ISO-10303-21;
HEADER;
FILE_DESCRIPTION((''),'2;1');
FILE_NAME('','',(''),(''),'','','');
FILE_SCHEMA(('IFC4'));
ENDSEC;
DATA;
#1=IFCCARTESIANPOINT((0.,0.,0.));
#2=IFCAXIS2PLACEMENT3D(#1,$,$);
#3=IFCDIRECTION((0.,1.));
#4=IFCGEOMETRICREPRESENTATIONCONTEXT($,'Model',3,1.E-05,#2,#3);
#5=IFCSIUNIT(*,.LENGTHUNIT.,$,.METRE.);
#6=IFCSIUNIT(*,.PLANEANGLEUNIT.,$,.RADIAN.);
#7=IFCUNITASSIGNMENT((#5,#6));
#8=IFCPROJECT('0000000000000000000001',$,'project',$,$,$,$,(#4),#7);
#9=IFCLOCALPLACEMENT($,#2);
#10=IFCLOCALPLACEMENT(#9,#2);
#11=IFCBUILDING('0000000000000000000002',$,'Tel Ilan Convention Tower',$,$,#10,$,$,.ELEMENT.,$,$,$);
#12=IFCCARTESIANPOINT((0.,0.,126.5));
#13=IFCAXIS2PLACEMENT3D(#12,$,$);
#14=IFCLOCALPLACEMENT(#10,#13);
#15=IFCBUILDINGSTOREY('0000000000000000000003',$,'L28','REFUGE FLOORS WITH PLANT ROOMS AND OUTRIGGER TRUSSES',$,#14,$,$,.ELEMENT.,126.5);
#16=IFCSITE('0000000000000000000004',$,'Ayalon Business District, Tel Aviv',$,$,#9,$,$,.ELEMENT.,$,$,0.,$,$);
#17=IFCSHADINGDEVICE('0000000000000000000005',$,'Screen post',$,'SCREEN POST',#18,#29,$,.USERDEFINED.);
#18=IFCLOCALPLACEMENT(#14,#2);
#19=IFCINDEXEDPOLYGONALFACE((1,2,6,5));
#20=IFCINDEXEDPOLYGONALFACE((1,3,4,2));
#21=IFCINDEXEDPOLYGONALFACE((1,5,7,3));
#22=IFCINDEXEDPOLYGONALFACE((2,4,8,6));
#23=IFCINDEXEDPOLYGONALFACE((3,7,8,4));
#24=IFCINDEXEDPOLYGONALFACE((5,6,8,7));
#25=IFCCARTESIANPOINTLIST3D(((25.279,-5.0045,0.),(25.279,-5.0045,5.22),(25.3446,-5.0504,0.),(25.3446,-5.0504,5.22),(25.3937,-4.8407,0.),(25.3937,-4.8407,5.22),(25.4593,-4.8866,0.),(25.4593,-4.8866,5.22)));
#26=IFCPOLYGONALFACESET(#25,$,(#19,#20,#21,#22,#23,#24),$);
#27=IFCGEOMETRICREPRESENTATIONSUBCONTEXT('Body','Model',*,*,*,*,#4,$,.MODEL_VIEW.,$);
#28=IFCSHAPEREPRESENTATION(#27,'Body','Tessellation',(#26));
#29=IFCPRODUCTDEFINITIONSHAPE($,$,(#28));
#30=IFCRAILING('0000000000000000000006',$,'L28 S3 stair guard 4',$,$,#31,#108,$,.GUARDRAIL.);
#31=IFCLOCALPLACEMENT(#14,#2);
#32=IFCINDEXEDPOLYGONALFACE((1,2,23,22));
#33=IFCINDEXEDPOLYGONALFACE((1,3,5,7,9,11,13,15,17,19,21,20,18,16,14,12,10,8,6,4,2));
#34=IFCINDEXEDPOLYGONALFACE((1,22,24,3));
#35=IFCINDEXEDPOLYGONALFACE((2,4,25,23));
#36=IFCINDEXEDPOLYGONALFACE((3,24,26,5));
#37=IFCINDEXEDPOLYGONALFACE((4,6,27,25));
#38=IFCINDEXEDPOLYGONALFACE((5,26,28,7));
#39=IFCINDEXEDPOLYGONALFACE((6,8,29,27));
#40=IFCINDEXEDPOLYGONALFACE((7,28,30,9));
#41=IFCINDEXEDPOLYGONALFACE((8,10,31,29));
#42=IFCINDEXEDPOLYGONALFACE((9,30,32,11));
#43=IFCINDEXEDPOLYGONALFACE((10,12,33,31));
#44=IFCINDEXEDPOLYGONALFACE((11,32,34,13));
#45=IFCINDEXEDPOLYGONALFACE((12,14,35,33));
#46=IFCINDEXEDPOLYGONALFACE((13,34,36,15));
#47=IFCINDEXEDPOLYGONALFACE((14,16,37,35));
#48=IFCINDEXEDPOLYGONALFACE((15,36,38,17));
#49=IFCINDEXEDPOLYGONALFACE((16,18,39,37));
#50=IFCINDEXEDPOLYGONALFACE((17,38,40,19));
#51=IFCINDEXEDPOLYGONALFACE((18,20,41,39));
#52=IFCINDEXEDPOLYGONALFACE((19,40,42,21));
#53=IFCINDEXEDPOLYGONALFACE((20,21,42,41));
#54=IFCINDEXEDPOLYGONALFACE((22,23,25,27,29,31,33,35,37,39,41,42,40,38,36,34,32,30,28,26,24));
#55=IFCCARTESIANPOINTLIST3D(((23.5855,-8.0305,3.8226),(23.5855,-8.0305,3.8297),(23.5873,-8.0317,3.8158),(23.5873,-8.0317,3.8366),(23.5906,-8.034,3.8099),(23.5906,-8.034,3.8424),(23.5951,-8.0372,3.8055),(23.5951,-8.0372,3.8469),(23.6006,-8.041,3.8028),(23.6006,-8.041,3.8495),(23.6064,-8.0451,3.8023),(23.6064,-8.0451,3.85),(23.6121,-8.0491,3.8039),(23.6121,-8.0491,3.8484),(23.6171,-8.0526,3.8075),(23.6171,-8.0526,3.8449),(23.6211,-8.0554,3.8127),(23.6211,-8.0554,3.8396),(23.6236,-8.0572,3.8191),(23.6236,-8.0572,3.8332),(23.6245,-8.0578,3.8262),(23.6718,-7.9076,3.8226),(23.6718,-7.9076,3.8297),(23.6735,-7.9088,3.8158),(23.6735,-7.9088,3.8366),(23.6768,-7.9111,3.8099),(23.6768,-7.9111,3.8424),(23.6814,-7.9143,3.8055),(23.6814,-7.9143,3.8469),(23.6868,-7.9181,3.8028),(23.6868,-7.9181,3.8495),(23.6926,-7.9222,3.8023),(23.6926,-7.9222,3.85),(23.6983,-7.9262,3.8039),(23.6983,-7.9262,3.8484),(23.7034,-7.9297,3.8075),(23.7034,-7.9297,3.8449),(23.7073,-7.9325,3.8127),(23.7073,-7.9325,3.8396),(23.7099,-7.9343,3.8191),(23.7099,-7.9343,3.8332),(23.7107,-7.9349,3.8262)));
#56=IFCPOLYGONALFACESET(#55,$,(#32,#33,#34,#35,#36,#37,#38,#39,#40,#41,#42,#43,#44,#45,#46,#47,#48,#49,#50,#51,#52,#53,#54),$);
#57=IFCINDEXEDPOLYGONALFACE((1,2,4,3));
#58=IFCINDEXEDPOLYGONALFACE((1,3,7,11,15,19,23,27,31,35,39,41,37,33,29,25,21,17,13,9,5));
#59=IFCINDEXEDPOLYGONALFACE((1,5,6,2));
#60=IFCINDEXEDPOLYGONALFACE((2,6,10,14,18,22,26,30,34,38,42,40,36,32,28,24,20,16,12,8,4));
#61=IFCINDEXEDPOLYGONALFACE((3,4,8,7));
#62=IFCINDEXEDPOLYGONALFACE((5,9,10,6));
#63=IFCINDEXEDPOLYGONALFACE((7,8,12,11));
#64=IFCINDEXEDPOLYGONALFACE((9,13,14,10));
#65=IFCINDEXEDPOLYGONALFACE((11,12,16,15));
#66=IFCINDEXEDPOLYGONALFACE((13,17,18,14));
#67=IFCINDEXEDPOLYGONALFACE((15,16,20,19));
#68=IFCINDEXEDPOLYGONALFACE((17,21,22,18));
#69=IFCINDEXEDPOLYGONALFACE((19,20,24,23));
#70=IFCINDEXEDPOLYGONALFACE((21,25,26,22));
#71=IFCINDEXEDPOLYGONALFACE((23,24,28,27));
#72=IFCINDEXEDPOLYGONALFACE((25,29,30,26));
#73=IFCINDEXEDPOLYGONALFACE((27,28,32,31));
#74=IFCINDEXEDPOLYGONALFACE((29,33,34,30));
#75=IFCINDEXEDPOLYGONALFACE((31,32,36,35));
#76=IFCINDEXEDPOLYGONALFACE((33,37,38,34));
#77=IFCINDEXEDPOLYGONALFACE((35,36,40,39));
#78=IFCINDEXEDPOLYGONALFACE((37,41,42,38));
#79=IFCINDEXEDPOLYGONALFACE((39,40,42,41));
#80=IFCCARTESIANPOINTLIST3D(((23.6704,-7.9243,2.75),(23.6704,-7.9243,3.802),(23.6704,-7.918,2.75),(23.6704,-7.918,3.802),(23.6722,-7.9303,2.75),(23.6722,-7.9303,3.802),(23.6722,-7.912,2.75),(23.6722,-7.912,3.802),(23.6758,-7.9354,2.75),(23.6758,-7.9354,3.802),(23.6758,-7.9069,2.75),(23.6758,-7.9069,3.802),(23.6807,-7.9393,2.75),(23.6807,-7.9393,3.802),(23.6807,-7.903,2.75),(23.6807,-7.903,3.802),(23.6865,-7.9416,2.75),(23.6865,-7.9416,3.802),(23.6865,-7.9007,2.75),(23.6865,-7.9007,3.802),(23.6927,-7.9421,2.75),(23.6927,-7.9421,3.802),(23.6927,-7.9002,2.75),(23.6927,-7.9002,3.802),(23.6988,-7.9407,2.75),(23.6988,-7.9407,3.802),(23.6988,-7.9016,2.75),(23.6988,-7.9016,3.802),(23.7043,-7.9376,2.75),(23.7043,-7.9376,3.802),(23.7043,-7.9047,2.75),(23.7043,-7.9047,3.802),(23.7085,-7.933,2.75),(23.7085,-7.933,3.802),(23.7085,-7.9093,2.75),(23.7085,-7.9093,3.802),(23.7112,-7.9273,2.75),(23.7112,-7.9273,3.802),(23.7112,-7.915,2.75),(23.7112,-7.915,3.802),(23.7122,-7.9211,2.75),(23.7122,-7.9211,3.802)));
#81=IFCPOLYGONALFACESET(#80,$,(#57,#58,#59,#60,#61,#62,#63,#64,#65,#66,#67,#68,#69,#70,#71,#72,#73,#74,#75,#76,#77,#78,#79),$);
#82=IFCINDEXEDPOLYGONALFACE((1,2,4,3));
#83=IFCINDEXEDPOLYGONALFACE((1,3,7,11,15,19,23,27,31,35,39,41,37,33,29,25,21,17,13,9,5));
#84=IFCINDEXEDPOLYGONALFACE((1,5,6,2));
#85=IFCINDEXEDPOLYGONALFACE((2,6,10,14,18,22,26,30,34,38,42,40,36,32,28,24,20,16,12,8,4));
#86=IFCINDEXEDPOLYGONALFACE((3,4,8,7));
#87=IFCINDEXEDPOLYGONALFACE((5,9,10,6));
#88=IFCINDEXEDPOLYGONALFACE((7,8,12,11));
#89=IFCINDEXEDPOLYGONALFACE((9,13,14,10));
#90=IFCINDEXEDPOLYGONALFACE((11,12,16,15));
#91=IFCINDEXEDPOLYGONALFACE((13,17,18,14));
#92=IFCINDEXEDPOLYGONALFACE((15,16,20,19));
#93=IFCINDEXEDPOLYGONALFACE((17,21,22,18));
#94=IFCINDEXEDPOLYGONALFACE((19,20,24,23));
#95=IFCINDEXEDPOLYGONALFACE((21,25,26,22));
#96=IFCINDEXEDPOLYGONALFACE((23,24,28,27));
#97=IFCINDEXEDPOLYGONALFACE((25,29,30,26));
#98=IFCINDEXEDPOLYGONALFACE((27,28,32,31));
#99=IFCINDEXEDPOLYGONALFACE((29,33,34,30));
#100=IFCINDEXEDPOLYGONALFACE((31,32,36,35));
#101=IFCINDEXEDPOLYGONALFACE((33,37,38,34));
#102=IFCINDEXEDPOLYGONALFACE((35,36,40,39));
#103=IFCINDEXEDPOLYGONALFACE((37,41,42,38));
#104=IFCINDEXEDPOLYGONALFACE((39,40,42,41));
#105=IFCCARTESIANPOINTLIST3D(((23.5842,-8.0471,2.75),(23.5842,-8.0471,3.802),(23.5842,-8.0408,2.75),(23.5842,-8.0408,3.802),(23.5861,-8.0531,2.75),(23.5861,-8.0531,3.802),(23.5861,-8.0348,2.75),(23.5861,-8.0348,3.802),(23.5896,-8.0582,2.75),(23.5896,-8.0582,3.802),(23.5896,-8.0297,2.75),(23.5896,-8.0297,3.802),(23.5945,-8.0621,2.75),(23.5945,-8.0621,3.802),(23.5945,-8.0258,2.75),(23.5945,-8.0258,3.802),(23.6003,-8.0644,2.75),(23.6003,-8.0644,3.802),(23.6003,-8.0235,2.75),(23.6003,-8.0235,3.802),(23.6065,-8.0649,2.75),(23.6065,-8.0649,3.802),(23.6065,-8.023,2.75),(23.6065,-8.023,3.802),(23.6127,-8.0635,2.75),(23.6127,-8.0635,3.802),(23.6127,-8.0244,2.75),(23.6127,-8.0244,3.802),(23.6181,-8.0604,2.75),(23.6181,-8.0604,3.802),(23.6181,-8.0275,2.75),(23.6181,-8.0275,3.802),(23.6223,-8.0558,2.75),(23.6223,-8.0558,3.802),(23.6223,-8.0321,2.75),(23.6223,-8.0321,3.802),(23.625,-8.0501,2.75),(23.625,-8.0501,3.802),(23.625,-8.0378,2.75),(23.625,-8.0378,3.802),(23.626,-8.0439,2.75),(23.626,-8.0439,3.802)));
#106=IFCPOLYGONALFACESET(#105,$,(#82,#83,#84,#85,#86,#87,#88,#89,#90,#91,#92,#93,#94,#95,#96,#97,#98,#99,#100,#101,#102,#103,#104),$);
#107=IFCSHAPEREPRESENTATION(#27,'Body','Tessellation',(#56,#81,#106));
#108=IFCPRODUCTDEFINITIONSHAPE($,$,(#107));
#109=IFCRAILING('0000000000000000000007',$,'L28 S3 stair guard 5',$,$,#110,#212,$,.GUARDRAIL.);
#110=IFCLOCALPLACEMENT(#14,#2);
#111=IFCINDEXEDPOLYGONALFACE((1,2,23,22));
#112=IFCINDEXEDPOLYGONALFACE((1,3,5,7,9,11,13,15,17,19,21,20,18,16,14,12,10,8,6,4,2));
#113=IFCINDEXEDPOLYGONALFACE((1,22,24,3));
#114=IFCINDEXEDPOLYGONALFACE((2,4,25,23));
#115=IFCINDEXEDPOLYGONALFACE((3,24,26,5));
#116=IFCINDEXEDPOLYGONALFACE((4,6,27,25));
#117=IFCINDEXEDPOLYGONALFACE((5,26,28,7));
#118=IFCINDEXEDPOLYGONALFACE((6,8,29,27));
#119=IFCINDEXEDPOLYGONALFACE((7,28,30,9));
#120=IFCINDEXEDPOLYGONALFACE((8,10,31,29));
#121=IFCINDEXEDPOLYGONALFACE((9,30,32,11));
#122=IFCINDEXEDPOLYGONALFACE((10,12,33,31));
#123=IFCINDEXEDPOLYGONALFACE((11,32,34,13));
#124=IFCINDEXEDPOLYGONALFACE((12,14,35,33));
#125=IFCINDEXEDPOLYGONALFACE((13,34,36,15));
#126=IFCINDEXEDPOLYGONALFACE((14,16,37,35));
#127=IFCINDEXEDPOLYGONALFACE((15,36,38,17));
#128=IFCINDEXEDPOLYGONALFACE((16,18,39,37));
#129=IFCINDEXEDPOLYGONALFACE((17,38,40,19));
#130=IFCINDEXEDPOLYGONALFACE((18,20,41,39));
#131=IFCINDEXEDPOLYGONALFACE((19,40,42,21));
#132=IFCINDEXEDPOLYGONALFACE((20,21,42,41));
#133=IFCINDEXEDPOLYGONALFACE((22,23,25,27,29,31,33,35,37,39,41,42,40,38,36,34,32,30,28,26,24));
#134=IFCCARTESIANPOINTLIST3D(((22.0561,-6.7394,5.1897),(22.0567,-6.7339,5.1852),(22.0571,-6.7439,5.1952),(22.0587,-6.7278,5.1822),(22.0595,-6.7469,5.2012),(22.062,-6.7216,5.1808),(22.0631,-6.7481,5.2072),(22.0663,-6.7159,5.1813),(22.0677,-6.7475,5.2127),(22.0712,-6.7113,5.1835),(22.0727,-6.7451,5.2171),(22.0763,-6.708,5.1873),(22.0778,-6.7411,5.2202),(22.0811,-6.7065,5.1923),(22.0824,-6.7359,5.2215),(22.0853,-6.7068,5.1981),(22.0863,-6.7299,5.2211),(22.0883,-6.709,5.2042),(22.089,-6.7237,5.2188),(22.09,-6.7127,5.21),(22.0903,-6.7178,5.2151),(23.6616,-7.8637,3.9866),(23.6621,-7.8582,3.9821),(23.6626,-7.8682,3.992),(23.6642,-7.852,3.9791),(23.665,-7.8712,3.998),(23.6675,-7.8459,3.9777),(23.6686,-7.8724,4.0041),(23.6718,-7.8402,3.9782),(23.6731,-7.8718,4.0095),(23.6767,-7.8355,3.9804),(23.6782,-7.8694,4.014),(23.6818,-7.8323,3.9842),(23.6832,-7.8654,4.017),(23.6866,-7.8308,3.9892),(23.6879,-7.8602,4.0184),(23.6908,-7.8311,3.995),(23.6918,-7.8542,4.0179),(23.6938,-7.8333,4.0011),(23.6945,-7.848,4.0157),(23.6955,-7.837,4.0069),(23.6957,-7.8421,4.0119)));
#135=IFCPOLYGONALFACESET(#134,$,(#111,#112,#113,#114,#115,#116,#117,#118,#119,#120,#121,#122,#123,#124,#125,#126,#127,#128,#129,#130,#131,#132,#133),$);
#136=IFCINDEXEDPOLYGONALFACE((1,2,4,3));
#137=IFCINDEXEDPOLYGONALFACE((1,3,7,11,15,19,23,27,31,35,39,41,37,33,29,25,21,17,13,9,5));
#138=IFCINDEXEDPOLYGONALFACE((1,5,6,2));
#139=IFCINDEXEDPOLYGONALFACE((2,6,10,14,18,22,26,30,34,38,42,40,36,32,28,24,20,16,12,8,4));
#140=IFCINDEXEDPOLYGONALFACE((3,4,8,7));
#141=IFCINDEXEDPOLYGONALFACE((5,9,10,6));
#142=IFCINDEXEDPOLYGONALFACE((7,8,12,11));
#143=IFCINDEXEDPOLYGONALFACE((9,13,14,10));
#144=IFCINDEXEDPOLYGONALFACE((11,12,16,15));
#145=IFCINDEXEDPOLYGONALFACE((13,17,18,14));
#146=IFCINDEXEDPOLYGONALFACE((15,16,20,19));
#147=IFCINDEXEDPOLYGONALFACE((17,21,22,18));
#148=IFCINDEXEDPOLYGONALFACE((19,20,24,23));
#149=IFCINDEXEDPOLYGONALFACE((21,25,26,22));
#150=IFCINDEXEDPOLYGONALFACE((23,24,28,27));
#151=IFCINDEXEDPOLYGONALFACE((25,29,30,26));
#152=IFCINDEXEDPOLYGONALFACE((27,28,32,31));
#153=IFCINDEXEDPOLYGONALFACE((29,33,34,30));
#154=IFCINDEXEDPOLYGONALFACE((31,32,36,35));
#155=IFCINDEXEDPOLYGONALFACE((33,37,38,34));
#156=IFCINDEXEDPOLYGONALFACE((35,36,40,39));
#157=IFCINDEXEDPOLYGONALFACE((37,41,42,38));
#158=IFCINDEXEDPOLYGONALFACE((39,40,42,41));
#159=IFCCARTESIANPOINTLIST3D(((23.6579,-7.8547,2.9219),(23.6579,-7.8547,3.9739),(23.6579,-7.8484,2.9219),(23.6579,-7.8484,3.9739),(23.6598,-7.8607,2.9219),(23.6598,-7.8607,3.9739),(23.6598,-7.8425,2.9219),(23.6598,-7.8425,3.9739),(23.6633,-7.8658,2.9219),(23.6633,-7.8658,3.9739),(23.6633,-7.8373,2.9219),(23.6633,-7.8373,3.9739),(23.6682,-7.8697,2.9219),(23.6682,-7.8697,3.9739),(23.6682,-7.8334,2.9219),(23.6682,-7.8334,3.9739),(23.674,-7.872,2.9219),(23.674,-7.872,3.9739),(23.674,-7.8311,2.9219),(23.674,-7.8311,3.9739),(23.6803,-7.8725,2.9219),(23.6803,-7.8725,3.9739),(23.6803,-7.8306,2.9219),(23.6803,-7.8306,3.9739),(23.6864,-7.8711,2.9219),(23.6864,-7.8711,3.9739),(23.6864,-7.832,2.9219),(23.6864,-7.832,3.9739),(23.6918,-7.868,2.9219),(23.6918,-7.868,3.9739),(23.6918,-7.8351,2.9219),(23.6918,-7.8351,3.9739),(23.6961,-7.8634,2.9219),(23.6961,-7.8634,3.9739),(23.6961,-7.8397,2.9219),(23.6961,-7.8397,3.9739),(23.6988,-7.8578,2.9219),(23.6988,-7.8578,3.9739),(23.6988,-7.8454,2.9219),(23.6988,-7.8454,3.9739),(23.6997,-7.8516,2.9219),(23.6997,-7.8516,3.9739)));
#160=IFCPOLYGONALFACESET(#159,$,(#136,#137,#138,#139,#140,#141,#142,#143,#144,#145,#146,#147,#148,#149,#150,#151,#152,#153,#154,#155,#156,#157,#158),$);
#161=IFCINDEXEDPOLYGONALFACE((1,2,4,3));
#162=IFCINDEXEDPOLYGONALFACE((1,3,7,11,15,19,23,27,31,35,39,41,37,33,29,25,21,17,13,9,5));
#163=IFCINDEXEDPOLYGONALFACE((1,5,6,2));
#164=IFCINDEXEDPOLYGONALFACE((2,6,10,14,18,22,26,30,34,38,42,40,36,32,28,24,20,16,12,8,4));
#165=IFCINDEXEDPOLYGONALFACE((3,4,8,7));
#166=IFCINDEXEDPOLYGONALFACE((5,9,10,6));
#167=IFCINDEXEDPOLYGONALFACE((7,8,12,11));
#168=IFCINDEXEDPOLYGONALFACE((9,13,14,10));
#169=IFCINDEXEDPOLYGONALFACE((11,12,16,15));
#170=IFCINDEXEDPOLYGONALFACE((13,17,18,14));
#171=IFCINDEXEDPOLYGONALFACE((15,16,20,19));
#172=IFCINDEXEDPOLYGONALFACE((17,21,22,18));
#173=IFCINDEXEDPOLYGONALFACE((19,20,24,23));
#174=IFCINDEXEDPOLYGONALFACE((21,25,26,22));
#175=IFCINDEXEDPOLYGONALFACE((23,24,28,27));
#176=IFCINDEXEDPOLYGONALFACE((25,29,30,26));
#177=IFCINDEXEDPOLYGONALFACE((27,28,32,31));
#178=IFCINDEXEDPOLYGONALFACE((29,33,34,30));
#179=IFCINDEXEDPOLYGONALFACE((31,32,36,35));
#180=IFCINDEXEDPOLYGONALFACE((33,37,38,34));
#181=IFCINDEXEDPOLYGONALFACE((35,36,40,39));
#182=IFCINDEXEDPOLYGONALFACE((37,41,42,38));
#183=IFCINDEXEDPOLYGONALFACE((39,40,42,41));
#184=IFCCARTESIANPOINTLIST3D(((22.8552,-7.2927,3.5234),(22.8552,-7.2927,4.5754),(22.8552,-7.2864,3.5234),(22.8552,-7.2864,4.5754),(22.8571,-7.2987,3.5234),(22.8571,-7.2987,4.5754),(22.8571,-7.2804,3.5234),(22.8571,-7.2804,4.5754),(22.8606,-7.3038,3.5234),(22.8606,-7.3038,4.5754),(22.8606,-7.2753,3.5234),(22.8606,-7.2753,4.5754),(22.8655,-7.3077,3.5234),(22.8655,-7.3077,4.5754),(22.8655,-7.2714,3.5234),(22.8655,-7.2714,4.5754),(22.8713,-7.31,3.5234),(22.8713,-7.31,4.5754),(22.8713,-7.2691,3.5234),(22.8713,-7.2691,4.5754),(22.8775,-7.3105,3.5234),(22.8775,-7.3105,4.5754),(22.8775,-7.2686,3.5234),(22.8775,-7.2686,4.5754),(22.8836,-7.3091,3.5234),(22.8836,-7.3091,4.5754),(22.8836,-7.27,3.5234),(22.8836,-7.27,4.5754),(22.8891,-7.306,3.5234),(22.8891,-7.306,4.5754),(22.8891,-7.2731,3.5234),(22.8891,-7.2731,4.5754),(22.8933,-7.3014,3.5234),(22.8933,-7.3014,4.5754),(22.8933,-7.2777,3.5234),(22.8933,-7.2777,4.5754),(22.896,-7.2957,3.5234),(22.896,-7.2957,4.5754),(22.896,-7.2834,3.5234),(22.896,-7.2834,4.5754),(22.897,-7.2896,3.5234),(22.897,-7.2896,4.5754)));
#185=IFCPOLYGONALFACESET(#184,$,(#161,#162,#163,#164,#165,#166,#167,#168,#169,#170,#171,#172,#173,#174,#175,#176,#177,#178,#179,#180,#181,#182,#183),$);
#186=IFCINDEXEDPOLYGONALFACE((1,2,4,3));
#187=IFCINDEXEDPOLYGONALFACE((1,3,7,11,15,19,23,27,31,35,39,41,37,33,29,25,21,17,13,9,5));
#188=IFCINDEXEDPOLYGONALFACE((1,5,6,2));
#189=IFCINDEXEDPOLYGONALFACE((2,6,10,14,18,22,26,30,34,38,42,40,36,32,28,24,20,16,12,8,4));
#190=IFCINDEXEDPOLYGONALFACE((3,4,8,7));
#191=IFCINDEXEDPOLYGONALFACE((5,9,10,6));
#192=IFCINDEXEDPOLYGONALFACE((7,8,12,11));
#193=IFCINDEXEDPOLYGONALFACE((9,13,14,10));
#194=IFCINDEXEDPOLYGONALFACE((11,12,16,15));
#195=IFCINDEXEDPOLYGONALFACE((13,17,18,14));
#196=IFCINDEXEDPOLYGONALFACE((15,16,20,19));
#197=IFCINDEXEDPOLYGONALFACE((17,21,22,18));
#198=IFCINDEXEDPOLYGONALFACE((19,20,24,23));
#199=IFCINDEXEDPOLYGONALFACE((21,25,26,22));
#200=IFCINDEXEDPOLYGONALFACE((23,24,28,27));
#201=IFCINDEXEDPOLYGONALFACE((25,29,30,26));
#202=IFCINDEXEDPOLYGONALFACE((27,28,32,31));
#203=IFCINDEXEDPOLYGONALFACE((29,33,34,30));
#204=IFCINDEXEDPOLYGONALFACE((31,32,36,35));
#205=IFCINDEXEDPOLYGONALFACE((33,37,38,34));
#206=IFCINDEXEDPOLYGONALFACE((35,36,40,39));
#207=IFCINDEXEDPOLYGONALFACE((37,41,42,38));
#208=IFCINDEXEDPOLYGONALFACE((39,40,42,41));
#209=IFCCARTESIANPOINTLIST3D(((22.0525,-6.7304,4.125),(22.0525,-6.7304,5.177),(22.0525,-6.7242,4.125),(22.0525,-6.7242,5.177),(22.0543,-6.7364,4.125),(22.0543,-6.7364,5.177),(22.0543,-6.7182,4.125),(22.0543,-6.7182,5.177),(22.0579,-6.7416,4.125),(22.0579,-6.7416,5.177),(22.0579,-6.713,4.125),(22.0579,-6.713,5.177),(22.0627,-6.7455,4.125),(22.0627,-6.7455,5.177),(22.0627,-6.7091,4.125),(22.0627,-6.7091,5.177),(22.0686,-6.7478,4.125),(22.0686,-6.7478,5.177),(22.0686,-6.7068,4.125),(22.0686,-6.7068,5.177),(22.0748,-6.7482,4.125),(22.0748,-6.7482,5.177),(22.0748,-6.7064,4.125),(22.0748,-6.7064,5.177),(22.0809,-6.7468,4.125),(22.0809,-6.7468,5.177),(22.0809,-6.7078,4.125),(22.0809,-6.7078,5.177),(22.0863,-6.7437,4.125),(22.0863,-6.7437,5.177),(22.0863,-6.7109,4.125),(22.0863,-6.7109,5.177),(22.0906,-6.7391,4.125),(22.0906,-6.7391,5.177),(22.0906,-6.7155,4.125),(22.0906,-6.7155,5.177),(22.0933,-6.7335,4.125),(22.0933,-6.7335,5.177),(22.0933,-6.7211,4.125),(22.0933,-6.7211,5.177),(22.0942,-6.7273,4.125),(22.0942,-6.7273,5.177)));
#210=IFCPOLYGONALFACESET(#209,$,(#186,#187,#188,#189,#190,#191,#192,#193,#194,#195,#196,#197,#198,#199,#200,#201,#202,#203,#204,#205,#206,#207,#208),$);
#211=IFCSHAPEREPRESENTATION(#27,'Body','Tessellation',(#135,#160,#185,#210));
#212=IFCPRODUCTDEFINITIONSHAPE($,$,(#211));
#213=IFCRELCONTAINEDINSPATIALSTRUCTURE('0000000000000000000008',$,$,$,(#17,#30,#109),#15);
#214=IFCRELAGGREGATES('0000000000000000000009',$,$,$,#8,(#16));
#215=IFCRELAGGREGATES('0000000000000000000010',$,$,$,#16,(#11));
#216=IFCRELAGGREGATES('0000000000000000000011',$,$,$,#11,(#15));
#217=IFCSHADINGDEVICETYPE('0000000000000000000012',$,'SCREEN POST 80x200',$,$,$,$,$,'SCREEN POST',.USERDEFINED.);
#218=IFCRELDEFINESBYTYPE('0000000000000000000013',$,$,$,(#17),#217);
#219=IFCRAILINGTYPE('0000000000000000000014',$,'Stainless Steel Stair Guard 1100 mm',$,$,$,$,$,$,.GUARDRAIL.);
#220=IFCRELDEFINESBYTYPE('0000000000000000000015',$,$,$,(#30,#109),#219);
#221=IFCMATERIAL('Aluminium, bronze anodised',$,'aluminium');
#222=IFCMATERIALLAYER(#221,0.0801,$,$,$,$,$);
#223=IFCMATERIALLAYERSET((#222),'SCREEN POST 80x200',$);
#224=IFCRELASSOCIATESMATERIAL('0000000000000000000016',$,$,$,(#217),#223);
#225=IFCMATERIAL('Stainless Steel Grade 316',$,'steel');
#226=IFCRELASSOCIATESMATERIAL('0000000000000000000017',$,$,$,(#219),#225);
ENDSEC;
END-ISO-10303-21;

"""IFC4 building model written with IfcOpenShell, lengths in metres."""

from ifc_helpers import new_model, si_unit, direction, frame, origin, origin_2d, place, context, subcontext, project, spatial, rectangle, circle, extrude, material, layer, layer_set, type_object, element, save


model = new_model("IFC4")

# Units and contexts
model_context = context("Model", 3, precision=1e-05, world=origin(), true_north=direction((0.0, 1.0)))
body_context = subcontext(model_context, "Body", "Model", "MODEL_VIEW")
ifc_project = project(units=[si_unit("LENGTHUNIT", "METRE"), si_unit("PLANEANGLEUNIT", "RADIAN")], contexts=[model_context])

# Site, building, storey
site_placement = place(None, origin())
site = spatial("IfcSite", under=ifc_project, at=site_placement, Name="Ayalon Business District, Tel Aviv", CompositionType="ELEMENT", RefElevation=0.0)
building_placement = place(site_placement, origin())
building = spatial("IfcBuilding", under=site, at=building_placement, Name="Tel Ilan Convention Tower", CompositionType="ELEMENT")
storey_placement = place(building_placement, frame((0.0, 0.0, 126.5)))
storey = spatial("IfcBuildingStorey", under=building, at=storey_placement, Name="L28", Description="REFUGE FLOORS WITH PLANT ROOMS AND OUTRIGGER TRUSSES", CompositionType="ELEMENT", Elevation=126.5)

# Shading device
ifc_material_1 = material(Name="Aluminium, bronze anodised", Category="aluminium")
ifc_layer_1 = layer(ifc_material_1, 0.0801)
ifc_layer_set_1 = layer_set([ifc_layer_1], Name="SCREEN POST 80x200")
shading_device_type_1 = type_object("IfcShadingDeviceType", Name="SCREEN POST 80x200", ElementType="SCREEN POST", PredefinedType="USERDEFINED", material=ifc_layer_set_1)
for number, where, z_axis, x_axis, name in (
    (1, (25.3691, -4.9456, 0.0), (0.0, 0.0, 1.0), (-0.819152, 0.573576, 0.0), "Screen post"),
):
    element("IfcShadingDevice", number, at=place(storey_placement, frame(where, z_axis=z_axis, x_axis=x_axis)), inside=storey, type_object=shading_device_type_1, Name=name, ObjectType="SCREEN POST", PredefinedType="USERDEFINED", context=body_context, shape_type="SweptSolid", body=[
        extrude(rectangle(XDim=0.0801, YDim=0.2, at=origin_2d()), origin(), (0.0, 0.0, 1.0), 5.22),
    ])

# Railings
ifc_material_2 = material(Name="Stainless Steel Grade 316", Category="steel")
railing_type_1 = type_object("IfcRailingType", Name="Stainless Steel Stair Guard 1100 mm", PredefinedType="GUARDRAIL", material=ifc_material_2)
railing_1_placement = place(storey_placement, frame((23.6912, -7.9211, 2.75)))
element("IfcRailing", 2, at=railing_1_placement, inside=storey, type_object=railing_type_1, Name="L28 S3 stair guard 4", PredefinedType="GUARDRAIL", context=body_context, shape_type="SweptSolid", body=[
    extrude(circle(Radius=0.0239, at=origin_2d()), frame((0.0, 0.0, 1.0762), z_axis=(-0.574445, -0.818543, 0.0), x_axis=(0.818543, -0.574445, 0.0)), (0.0, 0.0, 1.0), 0.1501),
    extrude(circle(Radius=0.021, at=origin_2d()), origin(), (0.0, 0.0, 1.0), 1.052),
    extrude(circle(Radius=0.021, at=origin_2d()), frame((-0.0862, -0.1228, 0.0)), (0.0, 0.0, 1.0), 1.052),
])
railing_2_placement = place(storey_placement, frame((23.6787, -7.8516, 2.9219)))
element("IfcRailing", 3, at=railing_2_placement, inside=storey, type_object=railing_type_1, Name="L28 S3 stair guard 5", PredefinedType="GUARDRAIL", context=body_context, shape_type="SweptSolid", body=[
    extrude(circle(Radius=0.0239, at=origin_2d()), frame((0.0, 0.0, 1.0762), z_axis=(-0.698095, 0.488857, 0.523146), x_axis=(-0.573613, -0.819127, 0.0)), (0.0, 0.0, 1.0), 2.2998),
    extrude(circle(Radius=0.021, at=origin_2d()), origin(), (0.0, 0.0, 1.0), 1.052),
    extrude(circle(Radius=0.021, at=origin_2d()), frame((-0.8027, 0.562, 0.6016)), (0.0, 0.0, 1.0), 1.052),
    extrude(circle(Radius=0.021, at=origin_2d()), frame((-1.6055, 1.1243, 1.2031)), (0.0, 0.0, 1.0), 1.052),
])

save(model, "model.ifc")
